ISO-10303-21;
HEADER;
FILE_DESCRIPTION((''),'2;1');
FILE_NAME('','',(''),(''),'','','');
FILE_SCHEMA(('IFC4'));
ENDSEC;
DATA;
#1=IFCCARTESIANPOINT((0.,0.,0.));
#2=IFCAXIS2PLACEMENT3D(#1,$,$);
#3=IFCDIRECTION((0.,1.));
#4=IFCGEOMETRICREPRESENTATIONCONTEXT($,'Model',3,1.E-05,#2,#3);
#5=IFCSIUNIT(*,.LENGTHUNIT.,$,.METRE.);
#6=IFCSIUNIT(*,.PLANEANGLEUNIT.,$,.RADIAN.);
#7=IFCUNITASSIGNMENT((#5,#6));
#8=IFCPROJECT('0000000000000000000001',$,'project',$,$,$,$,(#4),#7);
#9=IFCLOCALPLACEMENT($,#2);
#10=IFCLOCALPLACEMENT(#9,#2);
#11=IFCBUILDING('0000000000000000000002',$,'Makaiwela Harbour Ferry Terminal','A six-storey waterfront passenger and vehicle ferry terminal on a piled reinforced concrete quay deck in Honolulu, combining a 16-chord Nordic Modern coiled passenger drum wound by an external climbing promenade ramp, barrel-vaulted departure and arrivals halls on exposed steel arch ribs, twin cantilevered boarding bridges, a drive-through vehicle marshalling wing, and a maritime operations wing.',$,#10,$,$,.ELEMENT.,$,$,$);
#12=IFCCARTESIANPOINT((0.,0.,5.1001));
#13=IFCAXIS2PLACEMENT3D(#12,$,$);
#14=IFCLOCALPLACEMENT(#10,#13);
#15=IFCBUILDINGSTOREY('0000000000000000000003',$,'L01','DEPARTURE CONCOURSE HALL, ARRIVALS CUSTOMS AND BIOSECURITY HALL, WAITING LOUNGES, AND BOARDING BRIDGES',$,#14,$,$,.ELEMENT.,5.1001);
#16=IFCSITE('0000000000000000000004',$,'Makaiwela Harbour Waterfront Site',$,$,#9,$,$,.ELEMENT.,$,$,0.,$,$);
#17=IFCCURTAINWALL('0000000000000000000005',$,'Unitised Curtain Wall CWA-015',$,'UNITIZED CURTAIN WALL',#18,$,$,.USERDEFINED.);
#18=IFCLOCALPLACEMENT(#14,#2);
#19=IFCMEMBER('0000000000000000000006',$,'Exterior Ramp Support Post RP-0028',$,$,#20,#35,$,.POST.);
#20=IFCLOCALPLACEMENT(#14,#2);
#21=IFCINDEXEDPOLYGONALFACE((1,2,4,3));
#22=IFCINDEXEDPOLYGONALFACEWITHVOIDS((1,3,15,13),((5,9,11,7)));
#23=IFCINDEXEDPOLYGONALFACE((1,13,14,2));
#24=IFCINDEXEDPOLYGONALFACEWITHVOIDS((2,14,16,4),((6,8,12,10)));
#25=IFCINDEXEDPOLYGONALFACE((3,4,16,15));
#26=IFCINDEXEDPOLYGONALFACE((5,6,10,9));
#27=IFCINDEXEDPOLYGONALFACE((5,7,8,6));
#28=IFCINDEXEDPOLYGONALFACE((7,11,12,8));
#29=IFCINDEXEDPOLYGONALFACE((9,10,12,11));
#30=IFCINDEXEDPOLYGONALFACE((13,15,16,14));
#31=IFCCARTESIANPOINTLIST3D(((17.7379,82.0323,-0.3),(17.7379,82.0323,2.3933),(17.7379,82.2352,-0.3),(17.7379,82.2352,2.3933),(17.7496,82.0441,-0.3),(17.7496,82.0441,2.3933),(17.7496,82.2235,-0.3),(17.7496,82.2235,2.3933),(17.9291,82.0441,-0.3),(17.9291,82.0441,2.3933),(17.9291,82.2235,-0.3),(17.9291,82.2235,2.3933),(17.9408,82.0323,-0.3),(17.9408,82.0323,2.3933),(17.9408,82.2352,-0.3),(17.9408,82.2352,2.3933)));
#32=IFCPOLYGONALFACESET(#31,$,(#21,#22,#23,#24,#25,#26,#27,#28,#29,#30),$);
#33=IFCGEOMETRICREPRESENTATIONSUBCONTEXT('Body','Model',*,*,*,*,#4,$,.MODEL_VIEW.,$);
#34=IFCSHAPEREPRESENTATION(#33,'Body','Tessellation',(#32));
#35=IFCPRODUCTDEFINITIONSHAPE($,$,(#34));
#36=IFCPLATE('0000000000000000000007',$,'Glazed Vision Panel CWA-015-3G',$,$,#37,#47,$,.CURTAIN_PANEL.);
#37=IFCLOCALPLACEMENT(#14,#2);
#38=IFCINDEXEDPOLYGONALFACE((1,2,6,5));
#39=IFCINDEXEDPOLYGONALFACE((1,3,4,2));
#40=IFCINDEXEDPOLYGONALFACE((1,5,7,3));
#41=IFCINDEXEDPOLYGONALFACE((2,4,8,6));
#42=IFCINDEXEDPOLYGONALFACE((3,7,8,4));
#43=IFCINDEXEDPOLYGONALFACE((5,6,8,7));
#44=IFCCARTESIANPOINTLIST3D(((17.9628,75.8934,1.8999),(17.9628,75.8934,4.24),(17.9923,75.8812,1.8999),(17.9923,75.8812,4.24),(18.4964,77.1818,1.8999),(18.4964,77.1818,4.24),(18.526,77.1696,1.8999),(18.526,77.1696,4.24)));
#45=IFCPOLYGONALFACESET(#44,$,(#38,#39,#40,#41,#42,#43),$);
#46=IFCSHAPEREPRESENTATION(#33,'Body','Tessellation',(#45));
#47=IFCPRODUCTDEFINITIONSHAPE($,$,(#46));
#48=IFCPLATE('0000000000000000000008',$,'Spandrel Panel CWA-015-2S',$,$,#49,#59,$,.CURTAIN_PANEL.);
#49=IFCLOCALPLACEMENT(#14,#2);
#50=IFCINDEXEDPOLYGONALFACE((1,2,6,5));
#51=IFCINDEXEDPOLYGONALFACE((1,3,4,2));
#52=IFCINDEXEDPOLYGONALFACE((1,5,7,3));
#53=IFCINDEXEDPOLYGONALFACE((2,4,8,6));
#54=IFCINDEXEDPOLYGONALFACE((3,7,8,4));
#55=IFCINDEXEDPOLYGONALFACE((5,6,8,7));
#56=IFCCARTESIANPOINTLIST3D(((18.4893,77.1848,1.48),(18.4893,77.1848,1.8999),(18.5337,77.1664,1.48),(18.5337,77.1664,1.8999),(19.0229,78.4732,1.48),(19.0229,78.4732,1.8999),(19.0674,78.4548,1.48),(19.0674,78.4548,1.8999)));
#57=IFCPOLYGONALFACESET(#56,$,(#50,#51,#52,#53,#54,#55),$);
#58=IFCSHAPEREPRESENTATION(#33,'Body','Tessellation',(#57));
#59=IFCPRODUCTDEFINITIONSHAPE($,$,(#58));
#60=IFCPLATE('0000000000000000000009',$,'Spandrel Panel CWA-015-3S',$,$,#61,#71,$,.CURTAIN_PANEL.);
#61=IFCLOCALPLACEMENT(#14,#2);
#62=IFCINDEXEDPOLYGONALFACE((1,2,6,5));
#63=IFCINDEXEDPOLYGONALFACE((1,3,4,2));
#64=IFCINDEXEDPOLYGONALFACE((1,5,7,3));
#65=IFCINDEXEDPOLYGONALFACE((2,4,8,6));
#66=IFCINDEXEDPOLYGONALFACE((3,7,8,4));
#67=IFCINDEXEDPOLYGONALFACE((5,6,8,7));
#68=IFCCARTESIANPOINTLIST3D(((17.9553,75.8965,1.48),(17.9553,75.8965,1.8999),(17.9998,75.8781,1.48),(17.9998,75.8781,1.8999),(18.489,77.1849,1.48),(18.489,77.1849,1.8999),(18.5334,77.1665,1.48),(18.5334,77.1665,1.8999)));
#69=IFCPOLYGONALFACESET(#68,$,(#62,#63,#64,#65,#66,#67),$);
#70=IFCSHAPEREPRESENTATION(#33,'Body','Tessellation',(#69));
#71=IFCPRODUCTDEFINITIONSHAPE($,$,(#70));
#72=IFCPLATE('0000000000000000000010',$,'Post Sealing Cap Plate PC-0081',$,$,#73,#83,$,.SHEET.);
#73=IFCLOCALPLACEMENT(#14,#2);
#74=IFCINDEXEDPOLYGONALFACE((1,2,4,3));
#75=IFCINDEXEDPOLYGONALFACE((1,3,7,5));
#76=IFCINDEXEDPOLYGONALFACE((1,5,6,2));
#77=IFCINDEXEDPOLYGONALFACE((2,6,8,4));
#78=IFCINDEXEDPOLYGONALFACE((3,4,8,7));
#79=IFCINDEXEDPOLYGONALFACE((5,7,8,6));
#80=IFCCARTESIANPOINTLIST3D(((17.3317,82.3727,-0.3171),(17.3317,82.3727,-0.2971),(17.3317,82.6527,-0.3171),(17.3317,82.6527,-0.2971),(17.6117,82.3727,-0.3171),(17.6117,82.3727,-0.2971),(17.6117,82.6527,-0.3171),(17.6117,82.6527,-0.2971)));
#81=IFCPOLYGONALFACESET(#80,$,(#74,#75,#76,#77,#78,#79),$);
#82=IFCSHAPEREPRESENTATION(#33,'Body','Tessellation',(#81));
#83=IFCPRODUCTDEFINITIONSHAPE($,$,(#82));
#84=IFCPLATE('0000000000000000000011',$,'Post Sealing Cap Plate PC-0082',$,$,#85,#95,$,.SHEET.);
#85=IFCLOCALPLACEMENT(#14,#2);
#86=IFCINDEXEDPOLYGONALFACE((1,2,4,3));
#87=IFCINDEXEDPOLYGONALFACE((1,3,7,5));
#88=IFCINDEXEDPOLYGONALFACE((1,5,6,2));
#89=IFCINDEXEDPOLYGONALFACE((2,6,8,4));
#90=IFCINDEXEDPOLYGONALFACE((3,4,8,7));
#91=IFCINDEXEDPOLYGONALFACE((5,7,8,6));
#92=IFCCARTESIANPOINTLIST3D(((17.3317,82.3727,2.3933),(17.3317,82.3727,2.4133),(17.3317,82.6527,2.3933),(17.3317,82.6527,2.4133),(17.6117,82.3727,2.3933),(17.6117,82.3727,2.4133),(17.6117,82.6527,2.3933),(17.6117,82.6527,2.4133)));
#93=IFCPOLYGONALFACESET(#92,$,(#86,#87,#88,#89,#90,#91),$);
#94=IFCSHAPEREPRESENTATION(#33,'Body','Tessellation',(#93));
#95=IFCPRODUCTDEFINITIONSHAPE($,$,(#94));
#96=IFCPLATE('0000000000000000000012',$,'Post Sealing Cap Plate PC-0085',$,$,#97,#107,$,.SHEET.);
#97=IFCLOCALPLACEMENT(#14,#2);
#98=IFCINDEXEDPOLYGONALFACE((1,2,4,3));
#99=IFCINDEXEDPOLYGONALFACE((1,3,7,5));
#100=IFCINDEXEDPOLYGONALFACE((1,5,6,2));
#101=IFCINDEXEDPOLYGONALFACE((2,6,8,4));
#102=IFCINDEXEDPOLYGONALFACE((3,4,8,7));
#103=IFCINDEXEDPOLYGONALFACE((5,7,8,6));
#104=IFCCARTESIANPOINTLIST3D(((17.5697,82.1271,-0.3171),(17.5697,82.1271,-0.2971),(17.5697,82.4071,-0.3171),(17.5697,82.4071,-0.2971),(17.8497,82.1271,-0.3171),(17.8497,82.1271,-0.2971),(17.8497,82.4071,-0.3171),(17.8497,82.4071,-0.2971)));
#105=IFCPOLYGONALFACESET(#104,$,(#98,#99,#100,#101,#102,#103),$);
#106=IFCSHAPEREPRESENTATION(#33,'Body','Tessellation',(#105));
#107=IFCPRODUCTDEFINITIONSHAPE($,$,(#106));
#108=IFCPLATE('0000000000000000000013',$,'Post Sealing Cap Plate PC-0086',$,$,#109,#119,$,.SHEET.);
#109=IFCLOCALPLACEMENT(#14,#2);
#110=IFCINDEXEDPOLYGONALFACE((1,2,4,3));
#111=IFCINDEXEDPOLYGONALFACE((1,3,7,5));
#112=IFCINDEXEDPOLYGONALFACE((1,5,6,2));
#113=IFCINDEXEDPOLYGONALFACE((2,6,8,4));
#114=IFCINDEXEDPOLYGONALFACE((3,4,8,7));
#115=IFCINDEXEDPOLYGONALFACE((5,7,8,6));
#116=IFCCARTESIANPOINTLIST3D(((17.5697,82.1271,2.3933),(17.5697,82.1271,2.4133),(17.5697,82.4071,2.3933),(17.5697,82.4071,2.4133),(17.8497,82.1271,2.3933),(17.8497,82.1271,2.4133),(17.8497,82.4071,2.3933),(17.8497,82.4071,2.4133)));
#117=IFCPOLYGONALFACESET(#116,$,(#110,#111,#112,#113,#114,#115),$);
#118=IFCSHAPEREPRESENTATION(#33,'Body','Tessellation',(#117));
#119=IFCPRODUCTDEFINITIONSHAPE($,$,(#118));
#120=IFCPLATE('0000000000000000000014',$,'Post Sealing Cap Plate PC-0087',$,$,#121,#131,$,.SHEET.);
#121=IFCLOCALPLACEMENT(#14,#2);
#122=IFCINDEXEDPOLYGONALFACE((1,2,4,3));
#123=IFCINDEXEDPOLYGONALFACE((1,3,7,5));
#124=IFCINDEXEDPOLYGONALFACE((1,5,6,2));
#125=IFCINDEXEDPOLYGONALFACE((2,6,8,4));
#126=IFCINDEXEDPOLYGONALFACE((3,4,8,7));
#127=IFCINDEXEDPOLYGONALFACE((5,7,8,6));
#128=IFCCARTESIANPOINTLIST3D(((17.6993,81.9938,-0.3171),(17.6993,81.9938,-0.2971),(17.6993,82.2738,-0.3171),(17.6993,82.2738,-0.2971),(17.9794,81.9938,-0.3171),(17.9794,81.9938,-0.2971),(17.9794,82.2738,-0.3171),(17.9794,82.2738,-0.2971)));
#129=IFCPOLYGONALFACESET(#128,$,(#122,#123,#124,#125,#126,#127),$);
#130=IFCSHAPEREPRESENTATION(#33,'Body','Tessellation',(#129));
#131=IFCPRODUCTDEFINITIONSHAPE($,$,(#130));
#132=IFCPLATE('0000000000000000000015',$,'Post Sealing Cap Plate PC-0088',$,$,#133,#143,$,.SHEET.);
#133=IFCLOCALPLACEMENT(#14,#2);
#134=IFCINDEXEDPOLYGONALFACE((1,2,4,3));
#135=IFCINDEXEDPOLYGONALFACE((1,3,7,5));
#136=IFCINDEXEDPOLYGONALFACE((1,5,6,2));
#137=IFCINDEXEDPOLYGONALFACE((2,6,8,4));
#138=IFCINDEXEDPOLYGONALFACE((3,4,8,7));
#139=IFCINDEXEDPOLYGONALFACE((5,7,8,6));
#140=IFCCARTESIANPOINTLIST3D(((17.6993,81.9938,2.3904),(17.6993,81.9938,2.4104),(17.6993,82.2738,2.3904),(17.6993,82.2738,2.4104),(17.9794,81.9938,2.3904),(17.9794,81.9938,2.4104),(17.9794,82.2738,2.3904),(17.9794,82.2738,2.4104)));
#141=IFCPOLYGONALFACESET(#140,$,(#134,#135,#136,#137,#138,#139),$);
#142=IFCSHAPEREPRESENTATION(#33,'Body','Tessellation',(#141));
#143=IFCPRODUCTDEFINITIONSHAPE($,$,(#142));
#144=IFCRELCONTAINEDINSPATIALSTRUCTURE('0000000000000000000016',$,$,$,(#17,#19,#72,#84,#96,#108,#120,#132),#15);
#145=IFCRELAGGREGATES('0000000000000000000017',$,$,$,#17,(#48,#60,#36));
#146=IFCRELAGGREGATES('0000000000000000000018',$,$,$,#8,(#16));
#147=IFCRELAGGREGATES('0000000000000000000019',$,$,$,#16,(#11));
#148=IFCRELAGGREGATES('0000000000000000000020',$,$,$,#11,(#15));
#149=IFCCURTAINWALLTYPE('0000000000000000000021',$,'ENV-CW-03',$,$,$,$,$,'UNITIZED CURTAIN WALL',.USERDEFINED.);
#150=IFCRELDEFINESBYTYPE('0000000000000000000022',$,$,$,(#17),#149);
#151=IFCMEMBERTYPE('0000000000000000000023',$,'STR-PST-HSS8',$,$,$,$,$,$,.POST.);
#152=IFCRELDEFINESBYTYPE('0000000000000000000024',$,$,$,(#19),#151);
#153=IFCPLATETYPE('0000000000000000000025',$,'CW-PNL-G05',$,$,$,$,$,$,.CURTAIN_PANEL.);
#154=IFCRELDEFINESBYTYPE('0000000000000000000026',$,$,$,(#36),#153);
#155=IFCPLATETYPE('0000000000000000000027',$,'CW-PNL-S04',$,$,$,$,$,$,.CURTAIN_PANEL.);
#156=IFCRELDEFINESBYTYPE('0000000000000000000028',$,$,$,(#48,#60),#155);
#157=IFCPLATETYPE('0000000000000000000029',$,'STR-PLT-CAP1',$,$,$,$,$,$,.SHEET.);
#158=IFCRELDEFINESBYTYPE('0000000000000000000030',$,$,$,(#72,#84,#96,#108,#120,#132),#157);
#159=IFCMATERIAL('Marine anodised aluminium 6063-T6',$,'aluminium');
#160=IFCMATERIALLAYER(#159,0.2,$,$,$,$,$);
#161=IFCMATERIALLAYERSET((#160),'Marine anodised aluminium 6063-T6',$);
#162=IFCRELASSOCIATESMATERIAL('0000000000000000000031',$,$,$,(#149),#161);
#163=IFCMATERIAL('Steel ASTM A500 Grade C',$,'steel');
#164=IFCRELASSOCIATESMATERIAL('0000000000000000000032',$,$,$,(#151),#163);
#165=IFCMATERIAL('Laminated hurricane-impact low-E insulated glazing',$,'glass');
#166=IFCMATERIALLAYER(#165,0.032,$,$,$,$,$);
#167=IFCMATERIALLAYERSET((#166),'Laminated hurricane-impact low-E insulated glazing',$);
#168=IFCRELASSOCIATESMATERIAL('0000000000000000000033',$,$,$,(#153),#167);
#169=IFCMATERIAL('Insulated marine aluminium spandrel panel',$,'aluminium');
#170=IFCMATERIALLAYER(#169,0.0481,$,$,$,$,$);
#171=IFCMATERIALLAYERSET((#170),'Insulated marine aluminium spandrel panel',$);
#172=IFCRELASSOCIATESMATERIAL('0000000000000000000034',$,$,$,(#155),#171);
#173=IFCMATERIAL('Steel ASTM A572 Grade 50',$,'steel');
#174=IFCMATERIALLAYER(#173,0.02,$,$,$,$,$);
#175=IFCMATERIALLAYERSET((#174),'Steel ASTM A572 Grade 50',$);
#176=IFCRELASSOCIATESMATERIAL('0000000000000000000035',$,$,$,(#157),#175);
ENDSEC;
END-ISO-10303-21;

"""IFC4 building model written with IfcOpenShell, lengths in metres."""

from ifc_helpers import new_model, si_unit, direction, frame, origin, origin_2d, place, context, subcontext, project, spatial, rectangle, hollow_rectangle, extrude, material, layer, layer_set, material_profile, profile_set, type_object, element, aggregate, save


model = new_model("IFC4")

# Units and contexts
model_context = context("Model", 3, precision=1e-05, world=origin(), true_north=direction((0.0, 1.0)))
body_context = subcontext(model_context, "Body", "Model", "MODEL_VIEW")
ifc_project = project(units=[si_unit("LENGTHUNIT", "METRE"), si_unit("PLANEANGLEUNIT", "RADIAN")], contexts=[model_context])

# Site, building, storey
site_placement = place(None, origin())
site = spatial("IfcSite", under=ifc_project, at=site_placement, Name="Makaiwela Harbour Waterfront Site", CompositionType="ELEMENT", RefElevation=0.0)
building_placement = place(site_placement, origin())
building = spatial("IfcBuilding", under=site, at=building_placement, Name="Makaiwela Harbour Ferry Terminal", Description="A six-storey waterfront passenger and vehicle ferry terminal on a piled reinforced concrete quay deck in Honolulu, combining a 16-chord Nordic Modern coiled passenger drum wound by an external climbing promenade ramp, barrel-vaulted departure and arrivals halls on exposed steel arch ribs, twin cantilevered boarding bridges, a drive-through vehicle marshalling wing, and a maritime operations wing.", CompositionType="ELEMENT")
storey_placement = place(building_placement, frame((0.0, 0.0, 5.1001)))
storey = spatial("IfcBuildingStorey", under=building, at=storey_placement, Name="L01", Description="DEPARTURE CONCOURSE HALL, ARRIVALS CUSTOMS AND BIOSECURITY HALL, WAITING LOUNGES, AND BOARDING BRIDGES", CompositionType="ELEMENT", Elevation=5.1001)

# Curtain wall
ifc_material_1 = material(Name="Marine anodised aluminium 6063-T6", Category="aluminium")
ifc_layer_1 = layer(ifc_material_1, 0.2)
ifc_layer_set_1 = layer_set([ifc_layer_1], Name="Marine anodised aluminium 6063-T6")
curtain_wall_type = type_object("IfcCurtainWallType", Name="ENV-CW-03", ElementType="UNITIZED CURTAIN WALL", PredefinedType="USERDEFINED", material=ifc_layer_set_1)
curtain_wall_placement = place(storey_placement, origin())
curtain_wall = element("IfcCurtainWall", 1, at=curtain_wall_placement, inside=storey, type_object=curtain_wall_type, Name="Unitised Curtain Wall CWA-015", ObjectType="UNITIZED CURTAIN WALL", PredefinedType="USERDEFINED")

# Member
ifc_material_2 = material(Name="Steel ASTM A500 Grade C", Category="steel")
ifc_material_profile_1 = material_profile(ifc_material_2, hollow_rectangle(XDim=0.2029, YDim=0.2029, WallThickness=0.0117, at=origin_2d()), Name="HSS8X8X1/2")
ifc_profile_set_1 = profile_set([ifc_material_profile_1], Name="Steel ASTM A500 Grade C")
member_type_1 = type_object("IfcMemberType", Name="STR-PST-HSS8", PredefinedType="POST", material=ifc_profile_set_1)
member_1_placement = place(storey_placement, frame((17.8394, 82.1338, -0.3), z_axis=(0.0, 0.0, 1.0), x_axis=(1.0, 0.0, 0.0)))
element("IfcMember", 2, at=member_1_placement, inside=storey, type_object=member_type_1, Name="Exterior Ramp Support Post RP-0028", PredefinedType="POST", context=body_context, shape_type="SweptSolid", body=[
    extrude(hollow_rectangle(XDim=0.2029, YDim=0.2029, WallThickness=0.0117, at=origin_2d()), origin(), (0.0, 0.0, 1.0), 2.6934),
])

# Plates
ifc_material_3 = material(Name="Laminated hurricane-impact low-E insulated glazing", Category="glass")
ifc_layer_2 = layer(ifc_material_3, 0.032)
ifc_layer_set_2 = layer_set([ifc_layer_2], Name="Laminated hurricane-impact low-E insulated glazing")
plate_type_1 = type_object("IfcPlateType", Name="CW-PNL-G05", PredefinedType="CURTAIN_PANEL", material=ifc_layer_set_2)
plate_1_placement = place(storey_placement, frame((18.2444, 76.5315, 1.8999), z_axis=(0.0, 0.0, 1.0), x_axis=(-0.382683, -0.92388, 0.0)))
plate_1 = element("IfcPlate", 3, at=plate_1_placement, type_object=plate_type_1, Name="Glazed Vision Panel CWA-015-3G", PredefinedType="CURTAIN_PANEL", context=body_context, shape_type="SweptSolid", body=[
    extrude(rectangle(XDim=1.3945, YDim=0.032, at=origin_2d()), origin(), (0.0, 0.0, 1.0), 2.3401),
])
ifc_material_4 = material(Name="Insulated marine aluminium spandrel panel", Category="aluminium")
ifc_layer_3 = layer(ifc_material_4, 0.0481)
ifc_layer_set_3 = layer_set([ifc_layer_3], Name="Insulated marine aluminium spandrel panel")
plate_type_2 = type_object("IfcPlateType", Name="CW-PNL-S04", PredefinedType="CURTAIN_PANEL", material=ifc_layer_set_3)
plate_2_placement = place(storey_placement, frame((18.7783, 77.8198, 1.48), z_axis=(0.0, 0.0, 1.0), x_axis=(-0.382683, -0.92388, 0.0)))
plate_2 = element("IfcPlate", 4, at=plate_2_placement, type_object=plate_type_2, Name="Spandrel Panel CWA-015-2S", PredefinedType="CURTAIN_PANEL", context=body_context, shape_type="SweptSolid", body=[
    extrude(rectangle(XDim=1.3945, YDim=0.0481, at=origin_2d()), origin(), (0.0, 0.0, 1.0), 0.4199),
])
plate_3_placement = place(storey_placement, frame((18.2444, 76.5315, 1.48), z_axis=(0.0, 0.0, 1.0), x_axis=(-0.382683, -0.92388, 0.0)))
plate_3 = element("IfcPlate", 5, at=plate_3_placement, type_object=plate_type_2, Name="Spandrel Panel CWA-015-3S", PredefinedType="CURTAIN_PANEL", context=body_context, shape_type="SweptSolid", body=[
    extrude(rectangle(XDim=1.3945, YDim=0.0481, at=origin_2d()), origin(), (0.0, 0.0, 1.0), 0.4199),
])
aggregate(curtain_wall, [plate_2, plate_3, plate_1])

# Plates
ifc_material_5 = material(Name="Steel ASTM A572 Grade 50", Category="steel")
ifc_layer_4 = layer(ifc_material_5, 0.02)
ifc_layer_set_4 = layer_set([ifc_layer_4], Name="Steel ASTM A572 Grade 50")
plate_type_3 = type_object("IfcPlateType", Name="STR-PLT-CAP1", PredefinedType="SHEET", material=ifc_layer_set_4)
for number, where, z_axis, x_axis, name in (
    (6, (17.4717, 82.5127, -0.3171), (0.0, 0.0, 1.0), (1.0, 0.0, 0.0), "Post Sealing Cap Plate PC-0081"),
    (7, (17.4717, 82.5127, 2.3933), (0.0, 0.0, 1.0), (1.0, 0.0, 0.0), "Post Sealing Cap Plate PC-0082"),
    (8, (17.7097, 82.2671, -0.3171), (0.0, 0.0, 1.0), (1.0, 0.0, 0.0), "Post Sealing Cap Plate PC-0085"),
    (9, (17.7097, 82.2671, 2.3933), (0.0, 0.0, 1.0), (1.0, 0.0, 0.0), "Post Sealing Cap Plate PC-0086"),
    (10, (17.8394, 82.1338, -0.3171), (0.0, 0.0, 1.0), (1.0, 0.0, 0.0), "Post Sealing Cap Plate PC-0087"),
    (11, (17.8394, 82.1338, 2.3904), (0.0, 0.0, 1.0), (1.0, 0.0, 0.0), "Post Sealing Cap Plate PC-0088"),
):
    element("IfcPlate", number, at=place(storey_placement, frame(where, z_axis=z_axis, x_axis=x_axis)), inside=storey, type_object=plate_type_3, Name=name, PredefinedType="SHEET", context=body_context, shape_type="SweptSolid", body=[
        extrude(rectangle(XDim=0.28, YDim=0.28, at=origin_2d()), origin(), (0.0, 0.0, 1.0), 0.02),
    ])

save(model, "model.ifc")
